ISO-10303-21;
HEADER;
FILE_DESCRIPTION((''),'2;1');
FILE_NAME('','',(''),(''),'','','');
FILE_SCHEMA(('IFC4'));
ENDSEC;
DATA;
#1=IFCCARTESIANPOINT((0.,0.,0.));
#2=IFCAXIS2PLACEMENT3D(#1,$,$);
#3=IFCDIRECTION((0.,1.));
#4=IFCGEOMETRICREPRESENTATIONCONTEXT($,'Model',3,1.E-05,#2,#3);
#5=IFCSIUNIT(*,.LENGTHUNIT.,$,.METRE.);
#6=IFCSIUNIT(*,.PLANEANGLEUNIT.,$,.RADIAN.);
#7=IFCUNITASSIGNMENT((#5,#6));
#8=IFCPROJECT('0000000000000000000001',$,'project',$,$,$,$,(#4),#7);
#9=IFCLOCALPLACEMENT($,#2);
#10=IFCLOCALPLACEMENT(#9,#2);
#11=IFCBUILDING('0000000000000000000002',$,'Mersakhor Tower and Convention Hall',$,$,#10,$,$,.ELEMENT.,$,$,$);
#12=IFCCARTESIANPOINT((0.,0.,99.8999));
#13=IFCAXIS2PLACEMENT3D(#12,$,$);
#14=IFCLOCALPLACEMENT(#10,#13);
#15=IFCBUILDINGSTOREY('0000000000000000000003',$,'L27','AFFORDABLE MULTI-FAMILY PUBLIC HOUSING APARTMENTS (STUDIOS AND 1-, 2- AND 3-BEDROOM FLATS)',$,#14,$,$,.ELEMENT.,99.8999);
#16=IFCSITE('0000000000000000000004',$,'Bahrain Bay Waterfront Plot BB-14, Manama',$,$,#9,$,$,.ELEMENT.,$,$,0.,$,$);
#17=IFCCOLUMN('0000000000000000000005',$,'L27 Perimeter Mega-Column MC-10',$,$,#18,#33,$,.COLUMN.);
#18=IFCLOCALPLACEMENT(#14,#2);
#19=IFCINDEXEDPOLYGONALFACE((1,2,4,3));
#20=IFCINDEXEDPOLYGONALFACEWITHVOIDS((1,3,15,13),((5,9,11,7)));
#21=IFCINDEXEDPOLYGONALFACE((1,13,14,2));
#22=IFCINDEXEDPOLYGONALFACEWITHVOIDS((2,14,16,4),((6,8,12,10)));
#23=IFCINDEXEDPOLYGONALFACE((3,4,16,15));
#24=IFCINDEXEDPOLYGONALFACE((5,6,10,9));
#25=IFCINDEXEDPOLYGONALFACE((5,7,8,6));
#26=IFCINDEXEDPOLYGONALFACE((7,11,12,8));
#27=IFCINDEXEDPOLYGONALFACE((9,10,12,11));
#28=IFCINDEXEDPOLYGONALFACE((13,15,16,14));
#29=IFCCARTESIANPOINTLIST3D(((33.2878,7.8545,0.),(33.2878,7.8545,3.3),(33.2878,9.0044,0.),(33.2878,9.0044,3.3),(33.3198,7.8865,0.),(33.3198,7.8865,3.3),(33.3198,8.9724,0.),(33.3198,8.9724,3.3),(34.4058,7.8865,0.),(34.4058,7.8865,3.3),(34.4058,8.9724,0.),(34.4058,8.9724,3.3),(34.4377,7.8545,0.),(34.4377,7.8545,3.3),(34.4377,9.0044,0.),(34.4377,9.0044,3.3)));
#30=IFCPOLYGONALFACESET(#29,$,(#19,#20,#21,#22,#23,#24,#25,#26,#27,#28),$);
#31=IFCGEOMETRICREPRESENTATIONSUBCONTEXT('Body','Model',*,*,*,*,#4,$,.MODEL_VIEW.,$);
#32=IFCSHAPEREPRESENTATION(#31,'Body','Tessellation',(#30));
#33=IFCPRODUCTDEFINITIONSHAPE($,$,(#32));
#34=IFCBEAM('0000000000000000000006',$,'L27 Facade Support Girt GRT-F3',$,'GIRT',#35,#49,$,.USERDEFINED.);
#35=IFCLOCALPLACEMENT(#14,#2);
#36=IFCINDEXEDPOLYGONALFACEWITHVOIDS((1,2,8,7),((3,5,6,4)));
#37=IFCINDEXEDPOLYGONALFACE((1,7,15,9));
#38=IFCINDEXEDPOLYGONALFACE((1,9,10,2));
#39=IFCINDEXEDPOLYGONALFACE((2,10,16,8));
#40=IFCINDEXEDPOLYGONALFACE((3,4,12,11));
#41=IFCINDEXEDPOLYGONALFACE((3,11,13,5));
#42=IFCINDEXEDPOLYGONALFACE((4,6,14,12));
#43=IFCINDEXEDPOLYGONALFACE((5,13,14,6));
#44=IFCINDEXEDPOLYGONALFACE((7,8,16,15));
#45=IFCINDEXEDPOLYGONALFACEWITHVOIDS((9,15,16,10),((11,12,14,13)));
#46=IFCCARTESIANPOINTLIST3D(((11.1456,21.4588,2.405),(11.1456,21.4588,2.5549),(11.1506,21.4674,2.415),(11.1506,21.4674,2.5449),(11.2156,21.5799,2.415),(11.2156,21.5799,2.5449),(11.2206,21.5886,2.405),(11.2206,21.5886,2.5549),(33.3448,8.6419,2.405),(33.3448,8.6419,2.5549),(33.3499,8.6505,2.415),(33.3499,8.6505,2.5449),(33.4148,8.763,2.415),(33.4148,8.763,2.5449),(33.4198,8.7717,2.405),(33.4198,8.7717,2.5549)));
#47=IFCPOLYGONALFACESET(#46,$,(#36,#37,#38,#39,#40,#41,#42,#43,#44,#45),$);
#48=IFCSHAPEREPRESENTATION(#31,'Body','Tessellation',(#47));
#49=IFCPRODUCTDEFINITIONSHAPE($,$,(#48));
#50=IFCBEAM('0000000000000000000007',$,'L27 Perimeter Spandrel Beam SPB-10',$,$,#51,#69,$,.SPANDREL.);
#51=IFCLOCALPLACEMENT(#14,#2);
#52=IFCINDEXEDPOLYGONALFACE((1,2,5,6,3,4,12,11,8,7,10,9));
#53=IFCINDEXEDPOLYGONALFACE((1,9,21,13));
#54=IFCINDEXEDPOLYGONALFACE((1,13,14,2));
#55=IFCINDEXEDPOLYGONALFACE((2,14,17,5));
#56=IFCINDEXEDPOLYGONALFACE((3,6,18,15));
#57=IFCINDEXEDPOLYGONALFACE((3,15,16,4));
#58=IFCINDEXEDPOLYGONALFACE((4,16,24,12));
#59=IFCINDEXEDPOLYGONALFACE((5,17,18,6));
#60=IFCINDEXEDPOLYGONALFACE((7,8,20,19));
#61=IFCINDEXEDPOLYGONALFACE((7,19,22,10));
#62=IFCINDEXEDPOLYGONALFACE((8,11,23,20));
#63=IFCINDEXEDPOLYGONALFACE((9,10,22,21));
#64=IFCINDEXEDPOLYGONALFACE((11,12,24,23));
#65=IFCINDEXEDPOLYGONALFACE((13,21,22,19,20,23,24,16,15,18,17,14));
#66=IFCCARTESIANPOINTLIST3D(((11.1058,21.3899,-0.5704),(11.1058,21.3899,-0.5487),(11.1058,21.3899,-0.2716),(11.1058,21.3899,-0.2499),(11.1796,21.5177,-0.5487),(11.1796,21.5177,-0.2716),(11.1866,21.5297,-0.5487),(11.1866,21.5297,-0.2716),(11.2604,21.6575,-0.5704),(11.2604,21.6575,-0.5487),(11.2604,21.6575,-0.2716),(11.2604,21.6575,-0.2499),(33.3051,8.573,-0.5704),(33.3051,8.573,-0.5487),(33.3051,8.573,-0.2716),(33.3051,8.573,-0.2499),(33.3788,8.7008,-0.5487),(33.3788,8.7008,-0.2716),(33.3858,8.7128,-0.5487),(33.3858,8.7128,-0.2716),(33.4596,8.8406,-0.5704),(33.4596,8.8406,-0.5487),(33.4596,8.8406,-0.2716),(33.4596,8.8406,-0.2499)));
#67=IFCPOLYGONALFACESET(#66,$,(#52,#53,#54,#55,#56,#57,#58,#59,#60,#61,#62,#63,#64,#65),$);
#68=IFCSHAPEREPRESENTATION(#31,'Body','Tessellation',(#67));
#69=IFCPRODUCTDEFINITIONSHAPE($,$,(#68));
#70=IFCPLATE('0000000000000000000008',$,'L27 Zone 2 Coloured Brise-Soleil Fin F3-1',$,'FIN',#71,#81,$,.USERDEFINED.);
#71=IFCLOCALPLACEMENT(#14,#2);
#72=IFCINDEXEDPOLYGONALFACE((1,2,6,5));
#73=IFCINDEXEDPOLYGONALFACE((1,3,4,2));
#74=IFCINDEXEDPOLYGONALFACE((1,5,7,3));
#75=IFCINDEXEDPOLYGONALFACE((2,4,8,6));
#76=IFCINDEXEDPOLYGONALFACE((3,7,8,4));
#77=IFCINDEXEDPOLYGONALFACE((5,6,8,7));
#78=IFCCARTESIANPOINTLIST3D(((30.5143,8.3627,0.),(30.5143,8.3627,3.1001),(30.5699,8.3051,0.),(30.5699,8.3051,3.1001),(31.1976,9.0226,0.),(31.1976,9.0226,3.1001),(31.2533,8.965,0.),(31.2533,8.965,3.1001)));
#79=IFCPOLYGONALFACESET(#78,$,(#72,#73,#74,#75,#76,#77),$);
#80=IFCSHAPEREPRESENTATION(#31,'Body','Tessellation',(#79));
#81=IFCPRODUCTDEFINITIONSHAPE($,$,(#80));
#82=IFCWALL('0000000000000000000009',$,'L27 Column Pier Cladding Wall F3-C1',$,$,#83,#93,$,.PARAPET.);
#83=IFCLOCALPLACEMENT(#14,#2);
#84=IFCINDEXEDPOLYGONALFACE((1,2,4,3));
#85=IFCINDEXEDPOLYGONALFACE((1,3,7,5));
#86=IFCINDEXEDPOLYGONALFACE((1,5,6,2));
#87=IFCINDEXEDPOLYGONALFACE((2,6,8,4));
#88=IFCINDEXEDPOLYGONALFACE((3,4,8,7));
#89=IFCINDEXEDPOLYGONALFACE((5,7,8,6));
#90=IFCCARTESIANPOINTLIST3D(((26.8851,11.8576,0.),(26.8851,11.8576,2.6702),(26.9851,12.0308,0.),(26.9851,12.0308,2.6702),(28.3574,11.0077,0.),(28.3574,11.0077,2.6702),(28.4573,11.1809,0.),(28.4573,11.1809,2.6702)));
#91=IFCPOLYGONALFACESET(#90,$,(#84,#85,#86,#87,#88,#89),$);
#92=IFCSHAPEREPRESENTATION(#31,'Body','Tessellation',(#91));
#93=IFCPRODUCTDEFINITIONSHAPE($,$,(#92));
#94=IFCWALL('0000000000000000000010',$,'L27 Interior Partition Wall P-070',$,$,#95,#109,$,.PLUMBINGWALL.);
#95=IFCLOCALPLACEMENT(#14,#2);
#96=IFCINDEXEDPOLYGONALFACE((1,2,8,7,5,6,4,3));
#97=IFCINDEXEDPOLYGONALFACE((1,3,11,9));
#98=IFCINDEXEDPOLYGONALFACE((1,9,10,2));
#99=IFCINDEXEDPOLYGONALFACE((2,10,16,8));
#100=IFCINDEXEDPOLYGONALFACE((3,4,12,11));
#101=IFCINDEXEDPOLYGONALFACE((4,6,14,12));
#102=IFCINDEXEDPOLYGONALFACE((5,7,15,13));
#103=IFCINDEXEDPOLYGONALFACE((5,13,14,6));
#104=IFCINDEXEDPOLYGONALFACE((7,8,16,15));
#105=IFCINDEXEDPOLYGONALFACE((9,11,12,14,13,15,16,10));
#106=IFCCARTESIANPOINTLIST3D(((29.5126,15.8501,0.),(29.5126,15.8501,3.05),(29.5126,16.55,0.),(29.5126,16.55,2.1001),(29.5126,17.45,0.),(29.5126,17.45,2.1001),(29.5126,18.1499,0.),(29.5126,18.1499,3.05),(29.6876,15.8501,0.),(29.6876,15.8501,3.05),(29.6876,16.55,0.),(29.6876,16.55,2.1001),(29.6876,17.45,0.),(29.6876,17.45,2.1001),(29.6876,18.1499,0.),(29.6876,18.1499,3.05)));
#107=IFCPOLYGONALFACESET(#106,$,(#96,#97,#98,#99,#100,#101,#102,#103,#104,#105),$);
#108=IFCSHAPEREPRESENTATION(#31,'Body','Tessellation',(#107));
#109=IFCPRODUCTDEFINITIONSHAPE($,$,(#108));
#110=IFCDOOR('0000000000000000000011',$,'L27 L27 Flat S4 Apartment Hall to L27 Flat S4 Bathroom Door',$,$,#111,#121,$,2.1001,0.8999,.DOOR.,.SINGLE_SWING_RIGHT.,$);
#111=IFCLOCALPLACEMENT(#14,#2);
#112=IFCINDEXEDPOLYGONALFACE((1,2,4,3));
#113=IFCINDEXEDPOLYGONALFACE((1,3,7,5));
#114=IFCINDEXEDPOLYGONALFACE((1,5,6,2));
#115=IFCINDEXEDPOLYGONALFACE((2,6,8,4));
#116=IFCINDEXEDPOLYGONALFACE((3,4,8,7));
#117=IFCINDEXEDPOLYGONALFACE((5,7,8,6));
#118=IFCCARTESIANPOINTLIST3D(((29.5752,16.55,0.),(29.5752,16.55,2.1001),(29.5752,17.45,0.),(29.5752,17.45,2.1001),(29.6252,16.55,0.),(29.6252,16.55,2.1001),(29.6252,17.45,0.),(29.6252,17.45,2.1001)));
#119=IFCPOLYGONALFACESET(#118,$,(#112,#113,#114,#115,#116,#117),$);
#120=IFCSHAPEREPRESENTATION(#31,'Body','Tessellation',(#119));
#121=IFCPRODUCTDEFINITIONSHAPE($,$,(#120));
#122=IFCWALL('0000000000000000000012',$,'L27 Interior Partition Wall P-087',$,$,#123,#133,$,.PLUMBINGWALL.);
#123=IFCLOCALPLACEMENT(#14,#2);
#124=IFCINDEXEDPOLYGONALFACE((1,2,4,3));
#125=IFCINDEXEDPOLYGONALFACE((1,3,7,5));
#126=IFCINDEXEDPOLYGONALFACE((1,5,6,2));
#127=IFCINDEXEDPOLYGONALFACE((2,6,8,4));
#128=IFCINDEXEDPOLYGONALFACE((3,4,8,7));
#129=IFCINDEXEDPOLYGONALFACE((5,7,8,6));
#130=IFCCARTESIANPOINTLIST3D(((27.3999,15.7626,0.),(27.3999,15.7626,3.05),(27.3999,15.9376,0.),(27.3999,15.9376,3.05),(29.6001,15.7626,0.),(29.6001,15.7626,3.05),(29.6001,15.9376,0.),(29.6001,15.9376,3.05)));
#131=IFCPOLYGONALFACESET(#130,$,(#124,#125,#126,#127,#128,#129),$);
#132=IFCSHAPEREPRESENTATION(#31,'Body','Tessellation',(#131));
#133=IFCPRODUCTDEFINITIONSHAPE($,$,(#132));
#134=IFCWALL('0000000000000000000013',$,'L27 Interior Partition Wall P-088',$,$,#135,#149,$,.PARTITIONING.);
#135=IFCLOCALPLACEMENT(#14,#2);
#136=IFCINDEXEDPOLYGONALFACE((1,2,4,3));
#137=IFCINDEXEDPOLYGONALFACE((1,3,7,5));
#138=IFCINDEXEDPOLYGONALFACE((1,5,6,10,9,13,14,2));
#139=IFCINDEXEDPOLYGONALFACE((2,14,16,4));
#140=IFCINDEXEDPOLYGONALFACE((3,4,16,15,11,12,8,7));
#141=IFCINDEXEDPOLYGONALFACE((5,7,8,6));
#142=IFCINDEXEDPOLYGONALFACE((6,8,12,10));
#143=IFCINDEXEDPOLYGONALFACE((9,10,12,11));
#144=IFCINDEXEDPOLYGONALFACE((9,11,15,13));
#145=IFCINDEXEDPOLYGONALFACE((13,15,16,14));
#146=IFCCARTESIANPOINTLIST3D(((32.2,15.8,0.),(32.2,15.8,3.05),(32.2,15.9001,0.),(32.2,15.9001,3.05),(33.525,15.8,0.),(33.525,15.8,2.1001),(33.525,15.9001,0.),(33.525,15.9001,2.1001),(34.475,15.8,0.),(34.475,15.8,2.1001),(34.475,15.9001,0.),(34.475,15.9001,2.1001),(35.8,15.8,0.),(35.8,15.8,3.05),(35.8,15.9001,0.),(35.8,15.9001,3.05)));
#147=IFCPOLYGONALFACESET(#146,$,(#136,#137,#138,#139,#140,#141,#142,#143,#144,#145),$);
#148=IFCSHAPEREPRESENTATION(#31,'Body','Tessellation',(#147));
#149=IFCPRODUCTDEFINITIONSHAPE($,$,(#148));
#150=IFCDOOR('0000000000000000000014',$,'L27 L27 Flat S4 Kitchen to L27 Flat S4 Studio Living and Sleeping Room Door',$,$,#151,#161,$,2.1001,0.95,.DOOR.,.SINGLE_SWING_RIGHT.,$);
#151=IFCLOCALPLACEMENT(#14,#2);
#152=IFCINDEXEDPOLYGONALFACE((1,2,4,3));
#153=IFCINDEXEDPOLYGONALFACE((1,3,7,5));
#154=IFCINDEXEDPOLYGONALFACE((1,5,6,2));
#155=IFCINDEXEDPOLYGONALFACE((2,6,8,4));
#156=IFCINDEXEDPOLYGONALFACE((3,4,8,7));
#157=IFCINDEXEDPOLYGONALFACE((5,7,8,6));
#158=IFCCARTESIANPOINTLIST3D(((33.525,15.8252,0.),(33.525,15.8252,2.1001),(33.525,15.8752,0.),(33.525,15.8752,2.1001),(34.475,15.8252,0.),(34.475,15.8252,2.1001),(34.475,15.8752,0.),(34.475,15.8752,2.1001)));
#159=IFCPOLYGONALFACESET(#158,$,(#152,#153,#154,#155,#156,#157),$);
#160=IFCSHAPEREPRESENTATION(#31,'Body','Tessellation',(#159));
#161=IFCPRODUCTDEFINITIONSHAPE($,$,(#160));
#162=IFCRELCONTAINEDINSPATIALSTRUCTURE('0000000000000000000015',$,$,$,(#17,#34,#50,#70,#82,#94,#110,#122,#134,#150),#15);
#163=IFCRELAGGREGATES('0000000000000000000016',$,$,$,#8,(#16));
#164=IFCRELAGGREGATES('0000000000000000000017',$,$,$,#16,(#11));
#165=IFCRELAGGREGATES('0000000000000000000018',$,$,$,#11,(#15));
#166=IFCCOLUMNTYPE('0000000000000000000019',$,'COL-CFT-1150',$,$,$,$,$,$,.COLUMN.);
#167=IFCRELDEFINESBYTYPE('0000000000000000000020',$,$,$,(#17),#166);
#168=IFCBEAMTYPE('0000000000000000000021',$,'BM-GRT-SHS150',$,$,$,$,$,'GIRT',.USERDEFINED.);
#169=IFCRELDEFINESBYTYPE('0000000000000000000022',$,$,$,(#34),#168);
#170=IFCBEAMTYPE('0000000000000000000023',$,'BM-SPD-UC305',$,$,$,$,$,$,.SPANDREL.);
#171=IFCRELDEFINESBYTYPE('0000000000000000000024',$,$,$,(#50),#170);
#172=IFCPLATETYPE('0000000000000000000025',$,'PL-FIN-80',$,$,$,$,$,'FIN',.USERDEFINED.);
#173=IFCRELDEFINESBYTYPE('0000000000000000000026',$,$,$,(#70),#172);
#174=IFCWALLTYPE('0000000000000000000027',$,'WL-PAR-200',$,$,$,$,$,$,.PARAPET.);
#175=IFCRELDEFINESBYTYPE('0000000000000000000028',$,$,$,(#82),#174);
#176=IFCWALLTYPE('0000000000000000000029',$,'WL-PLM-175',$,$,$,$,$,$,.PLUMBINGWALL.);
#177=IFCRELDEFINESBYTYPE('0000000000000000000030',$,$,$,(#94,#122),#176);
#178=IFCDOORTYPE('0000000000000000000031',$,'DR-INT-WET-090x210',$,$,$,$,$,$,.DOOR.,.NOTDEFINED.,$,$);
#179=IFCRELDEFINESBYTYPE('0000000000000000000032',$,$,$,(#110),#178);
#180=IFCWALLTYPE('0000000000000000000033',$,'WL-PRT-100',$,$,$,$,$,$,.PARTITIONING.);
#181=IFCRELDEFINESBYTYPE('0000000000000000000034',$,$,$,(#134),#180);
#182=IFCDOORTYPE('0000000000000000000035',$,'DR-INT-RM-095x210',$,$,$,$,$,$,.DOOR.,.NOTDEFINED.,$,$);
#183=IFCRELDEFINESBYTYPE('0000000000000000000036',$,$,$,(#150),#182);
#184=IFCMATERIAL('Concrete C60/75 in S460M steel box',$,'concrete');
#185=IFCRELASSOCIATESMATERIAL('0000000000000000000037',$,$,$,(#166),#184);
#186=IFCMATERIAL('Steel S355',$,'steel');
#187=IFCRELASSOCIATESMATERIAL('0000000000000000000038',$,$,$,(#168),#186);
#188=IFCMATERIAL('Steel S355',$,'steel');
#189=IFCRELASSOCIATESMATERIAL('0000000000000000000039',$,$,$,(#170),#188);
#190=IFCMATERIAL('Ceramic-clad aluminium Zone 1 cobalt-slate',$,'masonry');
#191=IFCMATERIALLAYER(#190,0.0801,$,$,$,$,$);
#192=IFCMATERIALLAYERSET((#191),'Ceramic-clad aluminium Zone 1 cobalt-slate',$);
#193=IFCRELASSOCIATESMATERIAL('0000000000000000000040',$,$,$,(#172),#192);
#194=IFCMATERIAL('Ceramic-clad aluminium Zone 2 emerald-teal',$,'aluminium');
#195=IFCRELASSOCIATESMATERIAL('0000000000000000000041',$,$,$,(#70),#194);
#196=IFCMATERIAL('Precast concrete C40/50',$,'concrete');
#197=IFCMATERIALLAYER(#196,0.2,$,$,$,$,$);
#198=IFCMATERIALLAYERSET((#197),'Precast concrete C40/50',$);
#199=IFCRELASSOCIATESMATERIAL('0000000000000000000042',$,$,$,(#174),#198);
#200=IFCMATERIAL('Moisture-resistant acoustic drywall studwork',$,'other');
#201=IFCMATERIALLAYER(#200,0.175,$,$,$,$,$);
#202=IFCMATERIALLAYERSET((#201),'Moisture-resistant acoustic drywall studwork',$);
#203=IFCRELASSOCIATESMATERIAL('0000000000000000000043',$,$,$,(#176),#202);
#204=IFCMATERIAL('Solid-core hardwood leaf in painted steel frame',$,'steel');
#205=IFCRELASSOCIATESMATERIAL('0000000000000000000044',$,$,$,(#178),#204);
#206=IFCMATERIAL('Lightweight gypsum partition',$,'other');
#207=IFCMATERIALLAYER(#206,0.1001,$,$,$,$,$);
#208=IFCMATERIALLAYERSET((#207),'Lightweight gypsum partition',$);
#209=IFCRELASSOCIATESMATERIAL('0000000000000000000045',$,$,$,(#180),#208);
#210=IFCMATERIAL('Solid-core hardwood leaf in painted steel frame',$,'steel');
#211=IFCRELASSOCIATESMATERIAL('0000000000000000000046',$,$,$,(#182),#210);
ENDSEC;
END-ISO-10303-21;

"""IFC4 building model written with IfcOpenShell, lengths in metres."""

from ifc_helpers import new_model, si_unit, direction, frame, frame_2d, origin, origin_2d, place, context, subcontext, project, spatial, rectangle, hollow_rectangle, i_section, extrude, material, layer, layer_set, material_profile, profile_set, type_object, element, fill, save


model = new_model("IFC4")

# Units and contexts
model_context = context("Model", 3, precision=1e-05, world=origin(), true_north=direction((0.0, 1.0)))
body_context = subcontext(model_context, "Body", "Model", "MODEL_VIEW")
ifc_project = project(units=[si_unit("LENGTHUNIT", "METRE"), si_unit("PLANEANGLEUNIT", "RADIAN")], contexts=[model_context])

# Site, building, storey
site_placement = place(None, origin())
site = spatial("IfcSite", under=ifc_project, at=site_placement, Name="Bahrain Bay Waterfront Plot BB-14, Manama", CompositionType="ELEMENT", RefElevation=0.0)
building_placement = place(site_placement, origin())
building = spatial("IfcBuilding", under=site, at=building_placement, Name="Mersakhor Tower and Convention Hall", CompositionType="ELEMENT")
storey_placement = place(building_placement, frame((0.0, 0.0, 99.8999)))
storey = spatial("IfcBuildingStorey", under=building, at=storey_placement, Name="L27", Description="AFFORDABLE MULTI-FAMILY PUBLIC HOUSING APARTMENTS (STUDIOS AND 1-, 2- AND 3-BEDROOM FLATS)", CompositionType="ELEMENT", Elevation=99.8999)

# Column
ifc_material_1 = material(Name="Concrete C60/75 in S460M steel box", Category="concrete")
ifc_material_profile_1 = material_profile(ifc_material_1, hollow_rectangle(XDim=1.1499, YDim=1.1499, WallThickness=0.032, at=origin_2d()), Name="SHS 1150x1150x32")
ifc_profile_set_1 = profile_set([ifc_material_profile_1], Name="Concrete C60/75 in S460M steel box")
column_type = type_object("IfcColumnType", Name="COL-CFT-1150", PredefinedType="COLUMN", material=ifc_profile_set_1)
column_placement = place(storey_placement, frame((33.8628, 8.4294, 0.0), z_axis=(0.0, 0.0, 1.0), x_axis=(1.0, 0.0, 0.0)))
element("IfcColumn", 1, at=column_placement, inside=storey, type_object=column_type, Name="L27 Perimeter Mega-Column MC-10", PredefinedType="COLUMN", context=body_context, shape_type="SweptSolid", body=[
    extrude(hollow_rectangle(XDim=1.1499, YDim=1.1499, WallThickness=0.032, at=origin_2d()), origin(), (0.0, 0.0, 1.0), 3.3),
])

# Beams
ifc_material_2 = material(Name="Steel S355", Category="steel")
ifc_material_profile_2 = material_profile(ifc_material_2, hollow_rectangle(XDim=0.1499, YDim=0.1499, WallThickness=0.01, at=origin_2d()), Name="SHS 150x150x10")
ifc_profile_set_2 = profile_set([ifc_material_profile_2], Name="Steel S355")
beam_type_1 = type_object("IfcBeamType", Name="BM-GRT-SHS150", ElementType="GIRT", PredefinedType="USERDEFINED", material=ifc_profile_set_2)
beam_1_placement = place(storey_placement, frame((33.3823, 8.7068, 2.48), z_axis=(-0.866023, 0.500005, 0.0), x_axis=(-0.500005, -0.866023, 0.0)))
element("IfcBeam", 2, at=beam_1_placement, inside=storey, type_object=beam_type_1, Name="L27 Facade Support Girt GRT-F3", ObjectType="GIRT", PredefinedType="USERDEFINED", context=body_context, shape_type="SweptSolid", body=[
    extrude(hollow_rectangle(XDim=0.1499, YDim=0.1499, WallThickness=0.01, at=origin_2d()), origin(), (0.0, 0.0, 1.0), 25.6335),
])
ifc_material_3 = material(Name="Steel S355", Category="steel")
ifc_material_profile_3 = material_profile(ifc_material_3, i_section(OverallWidth=0.3091, OverallDepth=0.3206, WebThickness=0.0139, FlangeThickness=0.0217, at=origin_2d()), Name="UC 305x305x137")
ifc_profile_set_3 = profile_set([ifc_material_profile_3], Name="Steel S355")
beam_type_2 = type_object("IfcBeamType", Name="BM-SPD-UC305", PredefinedType="SPANDREL", material=ifc_profile_set_3)
beam_2_placement = place(storey_placement, frame((33.3823, 8.7068, -0.4102), z_axis=(-0.866023, 0.500005, 0.0), x_axis=(-0.500005, -0.866023, 0.0)))
element("IfcBeam", 3, at=beam_2_placement, inside=storey, type_object=beam_type_2, Name="L27 Perimeter Spandrel Beam SPB-10", PredefinedType="SPANDREL", context=body_context, shape_type="SweptSolid", body=[
    extrude(i_section(OverallWidth=0.3091, OverallDepth=0.3206, WebThickness=0.0139, FlangeThickness=0.0217, at=origin_2d()), origin(), (0.0, 0.0, 1.0), 25.6335),
])

# Plate
ifc_material_4 = material(Name="Ceramic-clad aluminium Zone 2 emerald-teal", Category="aluminium")
ifc_material_5 = material(Name="Ceramic-clad aluminium Zone 1 cobalt-slate", Category="masonry")
ifc_layer_1 = layer(ifc_material_5, 0.0801)
ifc_layer_set_1 = layer_set([ifc_layer_1], Name="Ceramic-clad aluminium Zone 1 cobalt-slate")
plate_type = type_object("IfcPlateType", Name="PL-FIN-80", ElementType="FIN", PredefinedType="USERDEFINED", material=ifc_layer_set_1)
plate_placement = place(storey_placement, frame((30.8838, 8.6638, 0.0), z_axis=(0.0, 0.0, 1.0), x_axis=(-0.71934, -0.694658, 0.0)))
element("IfcPlate", 4, at=plate_placement, inside=storey, type_object=plate_type, material=ifc_material_4, Name="L27 Zone 2 Coloured Brise-Soleil Fin F3-1", ObjectType="FIN", PredefinedType="USERDEFINED", context=body_context, shape_type="SweptSolid", body=[
    extrude(rectangle(XDim=0.95, YDim=0.0801, at=origin_2d()), origin(), (0.0, 0.0, 1.0), 3.1001),
])

# Wall
ifc_material_6 = material(Name="Precast concrete C40/50", Category="concrete")
ifc_layer_2 = layer(ifc_material_6, 0.2)
ifc_layer_set_2 = layer_set([ifc_layer_2], Name="Precast concrete C40/50")
wall_type_1 = type_object("IfcWallType", Name="WL-PAR-200", PredefinedType="PARAPET", material=ifc_layer_set_2)
wall_1_placement = place(storey_placement, frame((28.4075, 11.0942, 0.0), z_axis=(0.0, 0.0, 1.0), x_axis=(-0.866052, 0.499955, 0.0)))
element("IfcWall", 5, at=wall_1_placement, inside=storey, type_object=wall_type_1, Name="L27 Column Pier Cladding Wall F3-C1", PredefinedType="PARAPET", context=body_context, shape_type="SweptSolid", body=[
    extrude(rectangle(XDim=1.7, YDim=0.2, at=frame_2d((0.8501, 0.0))), origin(), (0.0, 0.0, 1.0), 2.6702),
])

# Wall, opening, door
ifc_material_7 = material(Name="Moisture-resistant acoustic drywall studwork", Category="other")
ifc_layer_3 = layer(ifc_material_7, 0.175)
ifc_layer_set_3 = layer_set([ifc_layer_3], Name="Moisture-resistant acoustic drywall studwork")
wall_type_2 = type_object("IfcWallType", Name="WL-PLM-175", PredefinedType="PLUMBINGWALL", material=ifc_layer_set_3)
wall_2_placement = place(storey_placement, frame((29.6001, 15.8501, 0.0), z_axis=(0.0, 0.0, 1.0), x_axis=(0.0, 1.0, 0.0)))
wall_2 = element("IfcWall", 6, at=wall_2_placement, inside=storey, type_object=wall_type_2, Name="L27 Interior Partition Wall P-070", PredefinedType="PLUMBINGWALL", context=body_context, shape_type="SweptSolid", body=[
    extrude(rectangle(XDim=2.2998, YDim=0.175, at=frame_2d((1.1499, 0.0))), origin(), (0.0, 0.0, 1.0), 3.05),
])
opening_1_placement = place(wall_2_placement, frame((0.7, 0.0, 0.0)))
opening_1 = element("IfcOpeningElement", 7, at=opening_1_placement, cuts=wall_2, PredefinedType="OPENING", context=body_context, shape_type="SweptSolid", body=[
    extrude(rectangle(XDim=0.8999, YDim=2.1001, at=frame_2d((0.45, 1.05))), frame((0.0, 0.0974, 0.0), z_axis=(0.0, -1.0, 0.0), x_axis=(1.0, 0.0, 0.0)), (0.0, 0.0, 1.0), 0.1951),
])
ifc_material_8 = material(Name="Solid-core hardwood leaf in painted steel frame", Category="steel")
door_type_1 = type_object("IfcDoorType", Name="DR-INT-WET-090x210", OperationType="NOTDEFINED", PredefinedType="DOOR", material=ifc_material_8)
door_1_placement = place(opening_1_placement, origin())
door_1 = element("IfcDoor", 8, at=door_1_placement, inside=storey, type_object=door_type_1, Name="L27 L27 Flat S4 Apartment Hall to L27 Flat S4 Bathroom Door", OperationType="SINGLE_SWING_RIGHT", OverallHeight=2.1001, OverallWidth=0.8999, PredefinedType="DOOR", context=body_context, shape_type="SweptSolid", body=[
    extrude(rectangle(XDim=0.8999, YDim=2.1001, at=frame_2d((0.45, 1.05))), frame((0.0, 0.0249, 0.0), z_axis=(0.0, -1.0, 0.0), x_axis=(1.0, 0.0, 0.0)), (0.0, 0.0, 1.0), 0.05),
])
fill(opening_1, door_1)

# Wall
wall_3_placement = place(storey_placement, frame((29.6001, 15.8501, 0.0), z_axis=(0.0, 0.0, 1.0), x_axis=(-1.0, 0.0, 0.0)))
element("IfcWall", 9, at=wall_3_placement, inside=storey, type_object=wall_type_2, Name="L27 Interior Partition Wall P-087", PredefinedType="PLUMBINGWALL", context=body_context, shape_type="SweptSolid", body=[
    extrude(rectangle(XDim=2.2002, YDim=0.175, at=frame_2d((1.1001, 0.0))), origin(), (0.0, 0.0, 1.0), 3.05),
])

# Wall, opening, door
ifc_material_9 = material(Name="Lightweight gypsum partition", Category="other")
ifc_layer_4 = layer(ifc_material_9, 0.1001)
ifc_layer_set_4 = layer_set([ifc_layer_4], Name="Lightweight gypsum partition")
wall_type_3 = type_object("IfcWallType", Name="WL-PRT-100", PredefinedType="PARTITIONING", material=ifc_layer_set_4)
wall_4_placement = place(storey_placement, frame((35.8, 15.8501, 0.0), z_axis=(0.0, 0.0, 1.0), x_axis=(-1.0, 0.0, 0.0)))
wall_4 = element("IfcWall", 10, at=wall_4_placement, inside=storey, type_object=wall_type_3, Name="L27 Interior Partition Wall P-088", PredefinedType="PARTITIONING", context=body_context, shape_type="SweptSolid", body=[
    extrude(rectangle(XDim=3.6001, YDim=0.1001, at=frame_2d((1.8, 0.0))), origin(), (0.0, 0.0, 1.0), 3.05),
])
opening_2_placement = place(wall_4_placement, frame((1.325, 0.0, 0.0)))
opening_2 = element("IfcOpeningElement", 11, at=opening_2_placement, cuts=wall_4, PredefinedType="OPENING", context=body_context, shape_type="SweptSolid", body=[
    extrude(rectangle(XDim=0.95, YDim=2.1001, at=frame_2d((0.4751, 1.05))), frame((0.0, 0.0601, 0.0), z_axis=(0.0, -1.0, 0.0), x_axis=(1.0, 0.0, 0.0)), (0.0, 0.0, 1.0), 0.1201),
])
ifc_material_10 = material(Name="Solid-core hardwood leaf in painted steel frame", Category="steel")
door_type_2 = type_object("IfcDoorType", Name="DR-INT-RM-095x210", OperationType="NOTDEFINED", PredefinedType="DOOR", material=ifc_material_10)
door_2_placement = place(opening_2_placement, origin())
door_2 = element("IfcDoor", 12, at=door_2_placement, inside=storey, type_object=door_type_2, Name="L27 L27 Flat S4 Kitchen to L27 Flat S4 Studio Living and Sleeping Room Door", OperationType="SINGLE_SWING_RIGHT", OverallHeight=2.1001, OverallWidth=0.95, PredefinedType="DOOR", context=body_context, shape_type="SweptSolid", body=[
    extrude(rectangle(XDim=0.95, YDim=2.1001, at=frame_2d((0.4751, 1.05))), frame((0.0, 0.0249, 0.0), z_axis=(0.0, -1.0, 0.0), x_axis=(1.0, 0.0, 0.0)), (0.0, 0.0, 1.0), 0.05),
])
fill(opening_2, door_2)

save(model, "model.ifc")
